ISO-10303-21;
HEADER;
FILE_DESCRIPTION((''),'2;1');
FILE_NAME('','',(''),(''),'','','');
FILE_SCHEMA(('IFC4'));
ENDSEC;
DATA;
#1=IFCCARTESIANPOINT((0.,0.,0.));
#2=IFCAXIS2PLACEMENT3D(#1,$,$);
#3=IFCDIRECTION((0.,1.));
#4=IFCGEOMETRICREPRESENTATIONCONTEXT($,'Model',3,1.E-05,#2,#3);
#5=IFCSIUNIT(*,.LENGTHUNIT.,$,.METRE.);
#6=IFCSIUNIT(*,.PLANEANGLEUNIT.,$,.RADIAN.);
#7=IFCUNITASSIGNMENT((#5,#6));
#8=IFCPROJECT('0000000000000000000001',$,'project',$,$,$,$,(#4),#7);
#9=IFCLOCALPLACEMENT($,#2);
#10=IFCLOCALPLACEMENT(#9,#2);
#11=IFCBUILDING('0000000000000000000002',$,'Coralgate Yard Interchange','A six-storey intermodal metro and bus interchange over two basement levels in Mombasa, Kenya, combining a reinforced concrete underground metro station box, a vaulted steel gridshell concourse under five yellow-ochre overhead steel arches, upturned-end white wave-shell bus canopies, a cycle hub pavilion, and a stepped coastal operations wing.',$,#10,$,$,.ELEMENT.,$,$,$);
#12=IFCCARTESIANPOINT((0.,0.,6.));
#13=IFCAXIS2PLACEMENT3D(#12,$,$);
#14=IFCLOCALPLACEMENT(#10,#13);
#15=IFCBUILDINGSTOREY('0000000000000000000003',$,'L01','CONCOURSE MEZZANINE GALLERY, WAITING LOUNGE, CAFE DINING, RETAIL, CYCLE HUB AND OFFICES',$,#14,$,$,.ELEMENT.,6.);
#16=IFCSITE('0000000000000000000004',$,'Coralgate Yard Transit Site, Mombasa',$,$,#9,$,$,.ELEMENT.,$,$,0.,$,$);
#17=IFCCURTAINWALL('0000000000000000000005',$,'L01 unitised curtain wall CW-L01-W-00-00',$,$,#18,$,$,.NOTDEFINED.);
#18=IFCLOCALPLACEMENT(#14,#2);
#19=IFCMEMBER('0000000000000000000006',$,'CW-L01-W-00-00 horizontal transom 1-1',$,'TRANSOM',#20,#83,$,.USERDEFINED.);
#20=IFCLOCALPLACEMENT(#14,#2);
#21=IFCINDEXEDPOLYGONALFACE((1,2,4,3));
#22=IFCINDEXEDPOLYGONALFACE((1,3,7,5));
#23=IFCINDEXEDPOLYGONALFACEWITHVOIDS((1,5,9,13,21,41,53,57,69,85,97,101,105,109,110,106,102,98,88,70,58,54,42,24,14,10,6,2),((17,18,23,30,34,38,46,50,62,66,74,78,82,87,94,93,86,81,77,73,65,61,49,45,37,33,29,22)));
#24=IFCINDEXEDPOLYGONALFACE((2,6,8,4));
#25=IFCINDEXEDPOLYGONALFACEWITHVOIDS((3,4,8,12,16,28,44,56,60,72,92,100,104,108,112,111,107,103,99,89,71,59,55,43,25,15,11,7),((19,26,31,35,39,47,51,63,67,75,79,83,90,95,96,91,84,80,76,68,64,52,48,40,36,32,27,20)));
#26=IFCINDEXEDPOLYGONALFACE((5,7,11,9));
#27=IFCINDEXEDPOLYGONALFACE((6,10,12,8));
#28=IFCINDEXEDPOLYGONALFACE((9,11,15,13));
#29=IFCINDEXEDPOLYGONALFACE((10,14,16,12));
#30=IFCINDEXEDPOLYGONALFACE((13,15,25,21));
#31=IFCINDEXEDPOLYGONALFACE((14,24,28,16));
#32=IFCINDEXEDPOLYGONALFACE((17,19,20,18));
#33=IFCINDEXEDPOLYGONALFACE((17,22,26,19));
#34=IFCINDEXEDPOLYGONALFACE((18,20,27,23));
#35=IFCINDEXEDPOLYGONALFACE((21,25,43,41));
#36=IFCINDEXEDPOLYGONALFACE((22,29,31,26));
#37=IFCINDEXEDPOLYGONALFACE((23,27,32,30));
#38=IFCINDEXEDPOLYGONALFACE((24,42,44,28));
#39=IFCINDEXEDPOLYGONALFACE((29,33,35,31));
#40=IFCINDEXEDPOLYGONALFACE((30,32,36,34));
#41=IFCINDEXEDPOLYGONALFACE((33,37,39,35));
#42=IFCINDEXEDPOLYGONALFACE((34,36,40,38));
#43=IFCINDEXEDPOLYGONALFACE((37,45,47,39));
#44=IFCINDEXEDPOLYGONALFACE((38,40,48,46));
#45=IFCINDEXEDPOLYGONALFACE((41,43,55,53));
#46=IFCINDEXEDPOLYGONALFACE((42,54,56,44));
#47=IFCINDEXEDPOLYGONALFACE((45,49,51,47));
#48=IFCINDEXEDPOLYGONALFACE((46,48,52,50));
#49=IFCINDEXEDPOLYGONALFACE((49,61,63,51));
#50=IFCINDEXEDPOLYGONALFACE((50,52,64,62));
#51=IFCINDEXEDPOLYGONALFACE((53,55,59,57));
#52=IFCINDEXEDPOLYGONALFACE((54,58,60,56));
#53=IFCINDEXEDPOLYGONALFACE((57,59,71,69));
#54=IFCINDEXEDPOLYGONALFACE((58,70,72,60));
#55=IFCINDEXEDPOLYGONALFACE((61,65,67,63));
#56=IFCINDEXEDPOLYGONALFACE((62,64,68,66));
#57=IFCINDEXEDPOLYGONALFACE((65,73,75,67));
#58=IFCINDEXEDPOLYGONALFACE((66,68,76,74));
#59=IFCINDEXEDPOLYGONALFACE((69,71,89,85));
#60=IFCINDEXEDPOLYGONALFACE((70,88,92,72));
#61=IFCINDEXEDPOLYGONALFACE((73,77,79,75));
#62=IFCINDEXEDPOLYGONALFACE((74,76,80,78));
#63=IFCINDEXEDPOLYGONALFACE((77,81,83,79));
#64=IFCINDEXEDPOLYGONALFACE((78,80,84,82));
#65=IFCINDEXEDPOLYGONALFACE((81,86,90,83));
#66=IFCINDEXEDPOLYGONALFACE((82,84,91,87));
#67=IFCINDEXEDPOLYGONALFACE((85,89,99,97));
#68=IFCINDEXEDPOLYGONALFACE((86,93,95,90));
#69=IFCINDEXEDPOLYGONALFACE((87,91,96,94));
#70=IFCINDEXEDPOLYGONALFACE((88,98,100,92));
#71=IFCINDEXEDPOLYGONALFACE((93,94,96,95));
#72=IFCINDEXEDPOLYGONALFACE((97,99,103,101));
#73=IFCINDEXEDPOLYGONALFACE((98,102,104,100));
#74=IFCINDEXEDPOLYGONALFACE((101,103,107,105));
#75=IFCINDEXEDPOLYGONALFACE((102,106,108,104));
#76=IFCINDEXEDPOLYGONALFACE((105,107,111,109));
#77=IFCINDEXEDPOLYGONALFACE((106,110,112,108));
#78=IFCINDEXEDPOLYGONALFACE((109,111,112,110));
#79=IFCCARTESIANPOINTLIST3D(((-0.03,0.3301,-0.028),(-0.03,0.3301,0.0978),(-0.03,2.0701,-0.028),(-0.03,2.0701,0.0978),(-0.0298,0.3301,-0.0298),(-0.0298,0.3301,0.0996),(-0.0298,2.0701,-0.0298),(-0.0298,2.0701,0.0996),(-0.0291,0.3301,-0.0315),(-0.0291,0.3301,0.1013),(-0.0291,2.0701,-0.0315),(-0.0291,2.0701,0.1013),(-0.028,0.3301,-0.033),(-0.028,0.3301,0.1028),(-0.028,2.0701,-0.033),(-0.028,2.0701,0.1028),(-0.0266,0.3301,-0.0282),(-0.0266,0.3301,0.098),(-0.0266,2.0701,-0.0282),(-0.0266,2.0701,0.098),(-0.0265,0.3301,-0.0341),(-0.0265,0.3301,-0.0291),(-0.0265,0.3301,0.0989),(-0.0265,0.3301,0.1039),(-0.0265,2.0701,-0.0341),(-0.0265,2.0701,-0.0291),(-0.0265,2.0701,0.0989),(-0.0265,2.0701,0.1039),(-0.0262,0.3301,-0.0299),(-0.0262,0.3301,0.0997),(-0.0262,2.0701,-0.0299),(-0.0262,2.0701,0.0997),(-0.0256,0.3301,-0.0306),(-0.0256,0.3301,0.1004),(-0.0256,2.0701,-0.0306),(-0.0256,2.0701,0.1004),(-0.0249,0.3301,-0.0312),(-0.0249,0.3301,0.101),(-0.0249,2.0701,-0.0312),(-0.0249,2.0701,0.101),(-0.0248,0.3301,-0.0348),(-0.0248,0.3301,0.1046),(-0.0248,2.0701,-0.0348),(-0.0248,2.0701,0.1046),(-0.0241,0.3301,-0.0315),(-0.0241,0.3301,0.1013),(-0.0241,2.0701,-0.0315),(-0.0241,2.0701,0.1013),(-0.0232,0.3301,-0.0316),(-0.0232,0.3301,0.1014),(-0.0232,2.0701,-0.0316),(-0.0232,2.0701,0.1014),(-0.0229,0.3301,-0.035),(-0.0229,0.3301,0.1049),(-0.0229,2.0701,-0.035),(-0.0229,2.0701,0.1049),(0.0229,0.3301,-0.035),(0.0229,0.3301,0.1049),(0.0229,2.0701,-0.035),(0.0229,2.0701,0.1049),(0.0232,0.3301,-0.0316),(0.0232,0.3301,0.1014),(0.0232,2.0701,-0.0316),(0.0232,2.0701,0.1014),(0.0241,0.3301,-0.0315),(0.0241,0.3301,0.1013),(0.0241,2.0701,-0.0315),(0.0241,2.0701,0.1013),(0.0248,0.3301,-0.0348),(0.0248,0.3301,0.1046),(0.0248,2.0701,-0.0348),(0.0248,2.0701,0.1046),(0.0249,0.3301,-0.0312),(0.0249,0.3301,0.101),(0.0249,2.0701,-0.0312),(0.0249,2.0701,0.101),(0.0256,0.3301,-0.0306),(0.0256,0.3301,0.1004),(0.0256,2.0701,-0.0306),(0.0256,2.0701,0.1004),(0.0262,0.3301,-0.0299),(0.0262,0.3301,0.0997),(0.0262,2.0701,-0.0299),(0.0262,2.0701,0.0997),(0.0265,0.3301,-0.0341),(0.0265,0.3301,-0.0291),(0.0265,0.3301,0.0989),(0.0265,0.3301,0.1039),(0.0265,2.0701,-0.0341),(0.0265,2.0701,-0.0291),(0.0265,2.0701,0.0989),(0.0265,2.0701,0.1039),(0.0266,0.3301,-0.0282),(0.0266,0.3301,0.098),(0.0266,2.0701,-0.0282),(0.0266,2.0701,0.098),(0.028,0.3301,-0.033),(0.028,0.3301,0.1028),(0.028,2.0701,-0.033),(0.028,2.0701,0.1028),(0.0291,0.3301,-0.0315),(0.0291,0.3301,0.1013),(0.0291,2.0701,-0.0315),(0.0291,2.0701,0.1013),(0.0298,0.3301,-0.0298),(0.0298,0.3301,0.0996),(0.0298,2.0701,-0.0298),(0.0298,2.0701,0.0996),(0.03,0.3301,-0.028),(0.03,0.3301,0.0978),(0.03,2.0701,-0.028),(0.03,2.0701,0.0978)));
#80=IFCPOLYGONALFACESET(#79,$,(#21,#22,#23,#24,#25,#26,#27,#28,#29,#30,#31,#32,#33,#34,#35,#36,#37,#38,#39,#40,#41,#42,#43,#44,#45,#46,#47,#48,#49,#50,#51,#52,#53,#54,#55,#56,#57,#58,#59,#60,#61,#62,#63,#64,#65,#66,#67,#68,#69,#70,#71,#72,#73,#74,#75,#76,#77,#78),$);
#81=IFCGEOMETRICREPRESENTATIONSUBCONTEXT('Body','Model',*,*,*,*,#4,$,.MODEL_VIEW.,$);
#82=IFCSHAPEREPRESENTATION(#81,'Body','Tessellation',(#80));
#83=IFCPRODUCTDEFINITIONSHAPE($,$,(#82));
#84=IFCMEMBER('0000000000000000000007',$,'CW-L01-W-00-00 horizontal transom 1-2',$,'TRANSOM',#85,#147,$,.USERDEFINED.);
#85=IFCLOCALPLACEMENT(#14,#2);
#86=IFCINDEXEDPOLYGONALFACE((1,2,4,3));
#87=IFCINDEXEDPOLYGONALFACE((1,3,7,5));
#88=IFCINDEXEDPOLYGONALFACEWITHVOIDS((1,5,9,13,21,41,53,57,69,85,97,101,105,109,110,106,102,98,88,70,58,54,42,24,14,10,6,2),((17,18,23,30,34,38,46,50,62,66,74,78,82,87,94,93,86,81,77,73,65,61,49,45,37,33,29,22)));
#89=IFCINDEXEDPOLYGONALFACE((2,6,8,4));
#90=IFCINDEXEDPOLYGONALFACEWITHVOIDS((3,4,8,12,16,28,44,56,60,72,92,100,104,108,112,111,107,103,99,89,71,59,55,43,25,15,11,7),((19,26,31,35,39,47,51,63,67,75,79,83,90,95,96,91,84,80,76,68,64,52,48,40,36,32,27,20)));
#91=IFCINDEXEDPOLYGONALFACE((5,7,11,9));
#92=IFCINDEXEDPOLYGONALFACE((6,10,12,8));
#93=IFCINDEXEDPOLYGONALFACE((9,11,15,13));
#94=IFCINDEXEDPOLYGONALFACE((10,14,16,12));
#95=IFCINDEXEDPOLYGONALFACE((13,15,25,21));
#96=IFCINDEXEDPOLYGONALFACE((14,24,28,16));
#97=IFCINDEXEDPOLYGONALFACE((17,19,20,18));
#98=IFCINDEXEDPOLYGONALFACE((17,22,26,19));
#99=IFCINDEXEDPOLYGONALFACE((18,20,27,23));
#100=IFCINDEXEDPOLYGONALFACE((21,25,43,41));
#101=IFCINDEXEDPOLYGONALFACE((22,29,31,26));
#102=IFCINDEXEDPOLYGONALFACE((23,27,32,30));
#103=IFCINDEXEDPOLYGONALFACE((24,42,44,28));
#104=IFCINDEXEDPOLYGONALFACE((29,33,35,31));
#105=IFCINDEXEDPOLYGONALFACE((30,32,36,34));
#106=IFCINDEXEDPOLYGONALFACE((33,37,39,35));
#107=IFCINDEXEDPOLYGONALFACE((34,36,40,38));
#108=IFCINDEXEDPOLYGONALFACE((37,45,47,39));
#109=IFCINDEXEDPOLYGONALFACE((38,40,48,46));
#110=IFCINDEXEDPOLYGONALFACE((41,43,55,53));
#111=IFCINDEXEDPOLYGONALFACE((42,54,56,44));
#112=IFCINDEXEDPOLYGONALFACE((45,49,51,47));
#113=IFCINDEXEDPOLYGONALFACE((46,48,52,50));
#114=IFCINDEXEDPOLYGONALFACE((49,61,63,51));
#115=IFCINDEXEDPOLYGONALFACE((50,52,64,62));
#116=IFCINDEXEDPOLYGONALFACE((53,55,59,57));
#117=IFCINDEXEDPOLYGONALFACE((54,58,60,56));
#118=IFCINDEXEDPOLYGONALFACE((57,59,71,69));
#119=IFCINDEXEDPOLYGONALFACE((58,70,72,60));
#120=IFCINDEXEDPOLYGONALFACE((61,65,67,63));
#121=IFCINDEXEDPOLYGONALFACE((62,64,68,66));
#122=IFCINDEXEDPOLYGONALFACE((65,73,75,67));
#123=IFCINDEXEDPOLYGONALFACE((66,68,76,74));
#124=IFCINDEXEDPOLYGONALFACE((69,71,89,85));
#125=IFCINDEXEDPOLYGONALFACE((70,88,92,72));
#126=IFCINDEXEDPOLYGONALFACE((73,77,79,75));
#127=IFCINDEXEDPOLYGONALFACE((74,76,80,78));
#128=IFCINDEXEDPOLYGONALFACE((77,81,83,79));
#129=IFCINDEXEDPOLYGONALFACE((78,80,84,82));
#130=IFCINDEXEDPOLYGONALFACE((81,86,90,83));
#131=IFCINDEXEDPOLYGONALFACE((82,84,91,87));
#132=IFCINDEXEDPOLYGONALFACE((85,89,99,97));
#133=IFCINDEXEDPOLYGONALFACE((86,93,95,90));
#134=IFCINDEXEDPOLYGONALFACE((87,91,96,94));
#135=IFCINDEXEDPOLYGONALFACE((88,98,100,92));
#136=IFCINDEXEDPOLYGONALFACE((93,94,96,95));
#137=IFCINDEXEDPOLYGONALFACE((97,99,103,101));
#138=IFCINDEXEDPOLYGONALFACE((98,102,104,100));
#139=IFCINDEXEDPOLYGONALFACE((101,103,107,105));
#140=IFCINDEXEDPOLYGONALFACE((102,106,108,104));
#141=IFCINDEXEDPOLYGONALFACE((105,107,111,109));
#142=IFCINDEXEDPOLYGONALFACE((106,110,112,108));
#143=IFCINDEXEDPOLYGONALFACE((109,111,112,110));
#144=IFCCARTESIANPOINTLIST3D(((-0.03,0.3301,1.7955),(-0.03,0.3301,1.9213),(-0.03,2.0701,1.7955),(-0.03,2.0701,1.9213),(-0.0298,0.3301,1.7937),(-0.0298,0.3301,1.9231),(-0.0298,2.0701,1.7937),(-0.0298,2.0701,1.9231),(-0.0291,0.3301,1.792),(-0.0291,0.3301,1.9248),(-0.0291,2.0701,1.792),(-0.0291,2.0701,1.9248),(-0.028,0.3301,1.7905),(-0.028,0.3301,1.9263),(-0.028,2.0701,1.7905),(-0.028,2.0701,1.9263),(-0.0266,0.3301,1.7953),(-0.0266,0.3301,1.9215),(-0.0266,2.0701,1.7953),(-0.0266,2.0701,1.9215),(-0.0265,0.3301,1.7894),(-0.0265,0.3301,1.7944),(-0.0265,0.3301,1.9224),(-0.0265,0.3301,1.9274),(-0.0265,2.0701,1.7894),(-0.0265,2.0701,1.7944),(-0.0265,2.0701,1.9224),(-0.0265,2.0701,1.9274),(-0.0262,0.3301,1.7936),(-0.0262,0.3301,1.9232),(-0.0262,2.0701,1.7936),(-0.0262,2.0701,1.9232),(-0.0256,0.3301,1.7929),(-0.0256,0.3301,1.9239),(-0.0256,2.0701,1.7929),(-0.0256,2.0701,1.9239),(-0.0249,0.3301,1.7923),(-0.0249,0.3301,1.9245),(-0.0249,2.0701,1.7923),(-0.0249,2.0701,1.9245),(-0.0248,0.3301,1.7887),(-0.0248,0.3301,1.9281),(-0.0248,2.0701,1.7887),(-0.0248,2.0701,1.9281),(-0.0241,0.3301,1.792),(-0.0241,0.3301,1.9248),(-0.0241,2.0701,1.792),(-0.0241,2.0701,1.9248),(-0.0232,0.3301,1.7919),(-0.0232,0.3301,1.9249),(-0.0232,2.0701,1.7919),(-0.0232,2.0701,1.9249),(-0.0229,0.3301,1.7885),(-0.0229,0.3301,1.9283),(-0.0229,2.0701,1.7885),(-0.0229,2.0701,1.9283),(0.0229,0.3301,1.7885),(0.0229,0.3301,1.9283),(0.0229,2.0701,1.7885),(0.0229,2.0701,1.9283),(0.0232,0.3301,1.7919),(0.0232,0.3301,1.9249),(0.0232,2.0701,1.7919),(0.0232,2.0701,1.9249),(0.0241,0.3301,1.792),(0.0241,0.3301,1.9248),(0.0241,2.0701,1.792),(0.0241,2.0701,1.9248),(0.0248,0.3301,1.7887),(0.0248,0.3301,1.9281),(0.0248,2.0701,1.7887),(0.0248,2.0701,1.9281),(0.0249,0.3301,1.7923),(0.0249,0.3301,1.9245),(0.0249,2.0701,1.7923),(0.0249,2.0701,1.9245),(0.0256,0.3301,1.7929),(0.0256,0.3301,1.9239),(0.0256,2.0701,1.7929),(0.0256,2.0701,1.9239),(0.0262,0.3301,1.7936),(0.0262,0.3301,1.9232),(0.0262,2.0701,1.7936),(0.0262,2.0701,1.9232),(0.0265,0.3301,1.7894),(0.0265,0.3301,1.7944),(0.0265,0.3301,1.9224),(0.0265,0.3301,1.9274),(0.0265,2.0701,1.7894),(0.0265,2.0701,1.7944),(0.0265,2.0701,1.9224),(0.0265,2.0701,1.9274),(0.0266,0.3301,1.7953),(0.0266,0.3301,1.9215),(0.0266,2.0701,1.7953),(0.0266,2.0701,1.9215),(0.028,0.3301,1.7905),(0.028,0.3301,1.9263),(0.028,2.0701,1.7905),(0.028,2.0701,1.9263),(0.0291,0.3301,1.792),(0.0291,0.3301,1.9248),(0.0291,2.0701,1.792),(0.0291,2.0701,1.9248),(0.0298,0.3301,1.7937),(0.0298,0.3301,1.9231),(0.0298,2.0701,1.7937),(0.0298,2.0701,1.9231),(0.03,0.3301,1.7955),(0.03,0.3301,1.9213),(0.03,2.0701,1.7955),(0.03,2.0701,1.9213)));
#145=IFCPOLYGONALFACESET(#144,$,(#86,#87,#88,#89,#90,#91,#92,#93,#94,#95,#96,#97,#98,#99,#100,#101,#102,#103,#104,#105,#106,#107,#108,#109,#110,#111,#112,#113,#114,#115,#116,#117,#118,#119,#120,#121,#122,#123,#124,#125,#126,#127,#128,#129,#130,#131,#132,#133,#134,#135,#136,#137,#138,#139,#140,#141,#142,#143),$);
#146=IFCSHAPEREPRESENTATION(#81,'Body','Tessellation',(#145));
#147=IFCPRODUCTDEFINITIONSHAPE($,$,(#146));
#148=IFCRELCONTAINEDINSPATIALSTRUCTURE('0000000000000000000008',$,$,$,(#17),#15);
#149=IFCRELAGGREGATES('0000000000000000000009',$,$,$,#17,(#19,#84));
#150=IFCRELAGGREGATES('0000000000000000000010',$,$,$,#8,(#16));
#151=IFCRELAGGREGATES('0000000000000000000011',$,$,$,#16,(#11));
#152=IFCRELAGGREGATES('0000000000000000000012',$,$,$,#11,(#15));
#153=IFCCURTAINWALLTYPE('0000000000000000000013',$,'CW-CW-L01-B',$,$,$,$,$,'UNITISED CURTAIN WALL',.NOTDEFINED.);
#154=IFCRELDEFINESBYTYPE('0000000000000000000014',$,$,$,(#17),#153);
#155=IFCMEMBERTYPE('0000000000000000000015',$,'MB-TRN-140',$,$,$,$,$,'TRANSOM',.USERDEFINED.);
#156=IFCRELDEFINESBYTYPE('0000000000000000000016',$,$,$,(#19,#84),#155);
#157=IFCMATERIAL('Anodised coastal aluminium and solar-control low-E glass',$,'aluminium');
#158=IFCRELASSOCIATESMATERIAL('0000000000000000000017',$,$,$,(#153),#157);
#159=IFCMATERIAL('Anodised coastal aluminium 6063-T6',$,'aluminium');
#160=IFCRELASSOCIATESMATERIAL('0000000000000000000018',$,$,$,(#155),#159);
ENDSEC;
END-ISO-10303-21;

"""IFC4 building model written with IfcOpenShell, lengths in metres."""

from ifc_helpers import new_model, si_unit, direction, frame, origin, origin_2d, place, context, subcontext, project, spatial, hollow_rectangle, extrude, material, material_profile, profile_set, type_object, element, aggregate, save


model = new_model("IFC4")

# Units and contexts
model_context = context("Model", 3, precision=1e-05, world=origin(), true_north=direction((0.0, 1.0)))
body_context = subcontext(model_context, "Body", "Model", "MODEL_VIEW")
ifc_project = project(units=[si_unit("LENGTHUNIT", "METRE"), si_unit("PLANEANGLEUNIT", "RADIAN")], contexts=[model_context])

# Site, building, storey
site_placement = place(None, origin())
site = spatial("IfcSite", under=ifc_project, at=site_placement, Name="Coralgate Yard Transit Site, Mombasa", CompositionType="ELEMENT", RefElevation=0.0)
building_placement = place(site_placement, origin())
building = spatial("IfcBuilding", under=site, at=building_placement, Name="Coralgate Yard Interchange", Description="A six-storey intermodal metro and bus interchange over two basement levels in Mombasa, Kenya, combining a reinforced concrete underground metro station box, a vaulted steel gridshell concourse under five yellow-ochre overhead steel arches, upturned-end white wave-shell bus canopies, a cycle hub pavilion, and a stepped coastal operations wing.", CompositionType="ELEMENT")
storey_placement = place(building_placement, frame((0.0, 0.0, 6.0)))
storey = spatial("IfcBuildingStorey", under=building, at=storey_placement, Name="L01", Description="CONCOURSE MEZZANINE GALLERY, WAITING LOUNGE, CAFE DINING, RETAIL, CYCLE HUB AND OFFICES", CompositionType="ELEMENT", Elevation=6.0)

# Curtain wall, members
ifc_material_1 = material(Name="Anodised coastal aluminium and solar-control low-E glass", Category="aluminium")
curtain_wall_type = type_object("IfcCurtainWallType", Name="CW-CW-L01-B", ElementType="UNITISED CURTAIN WALL", PredefinedType="NOTDEFINED", material=ifc_material_1)
curtain_wall_placement = place(storey_placement, origin())
curtain_wall = element("IfcCurtainWall", 1, at=curtain_wall_placement, inside=storey, type_object=curtain_wall_type, Name="L01 unitised curtain wall CW-L01-W-00-00", PredefinedType="NOTDEFINED")
ifc_material_2 = material(Name="Anodised coastal aluminium 6063-T6", Category="aluminium")
ifc_material_profile_1 = material_profile(ifc_material_2, hollow_rectangle(XDim=0.0601, YDim=0.1399, WallThickness=0.0034, InnerFilletRadius=0.0034, OuterFilletRadius=0.0071, at=origin_2d()), Name="ALU 60x140x3.5")
ifc_profile_set_1 = profile_set([ifc_material_profile_1], Name="Anodised coastal aluminium 6063-T6")
member_type_1 = type_object("IfcMemberType", Name="MB-TRN-140", ElementType="TRANSOM", PredefinedType="USERDEFINED", material=ifc_profile_set_1)
member_1_placement = place(storey_placement, frame((0.0, 0.3301, 0.0349), z_axis=(0.0, 1.0, 0.0), x_axis=(-1.0, 0.0, 0.0)))
member_1 = element("IfcMember", 2, at=member_1_placement, type_object=member_type_1, Name="CW-L01-W-00-00 horizontal transom 1-1", ObjectType="TRANSOM", PredefinedType="USERDEFINED", context=body_context, shape_type="SweptSolid", body=[
    extrude(hollow_rectangle(XDim=0.0601, YDim=0.1399, WallThickness=0.0034, InnerFilletRadius=0.0034, OuterFilletRadius=0.0071, at=origin_2d()), origin(), (0.0, 0.0, 1.0), 1.74),
])
member_2_placement = place(storey_placement, frame((0.0, 0.3301, 1.8584), z_axis=(0.0, 1.0, 0.0), x_axis=(-1.0, 0.0, 0.0)))
member_2 = element("IfcMember", 3, at=member_2_placement, type_object=member_type_1, Name="CW-L01-W-00-00 horizontal transom 1-2", ObjectType="TRANSOM", PredefinedType="USERDEFINED", context=body_context, shape_type="SweptSolid", body=[
    extrude(hollow_rectangle(XDim=0.0601, YDim=0.1399, WallThickness=0.0034, InnerFilletRadius=0.0034, OuterFilletRadius=0.0071, at=origin_2d()), origin(), (0.0, 0.0, 1.0), 1.74),
])
aggregate(curtain_wall, [member_1, member_2])

save(model, "model.ifc")
